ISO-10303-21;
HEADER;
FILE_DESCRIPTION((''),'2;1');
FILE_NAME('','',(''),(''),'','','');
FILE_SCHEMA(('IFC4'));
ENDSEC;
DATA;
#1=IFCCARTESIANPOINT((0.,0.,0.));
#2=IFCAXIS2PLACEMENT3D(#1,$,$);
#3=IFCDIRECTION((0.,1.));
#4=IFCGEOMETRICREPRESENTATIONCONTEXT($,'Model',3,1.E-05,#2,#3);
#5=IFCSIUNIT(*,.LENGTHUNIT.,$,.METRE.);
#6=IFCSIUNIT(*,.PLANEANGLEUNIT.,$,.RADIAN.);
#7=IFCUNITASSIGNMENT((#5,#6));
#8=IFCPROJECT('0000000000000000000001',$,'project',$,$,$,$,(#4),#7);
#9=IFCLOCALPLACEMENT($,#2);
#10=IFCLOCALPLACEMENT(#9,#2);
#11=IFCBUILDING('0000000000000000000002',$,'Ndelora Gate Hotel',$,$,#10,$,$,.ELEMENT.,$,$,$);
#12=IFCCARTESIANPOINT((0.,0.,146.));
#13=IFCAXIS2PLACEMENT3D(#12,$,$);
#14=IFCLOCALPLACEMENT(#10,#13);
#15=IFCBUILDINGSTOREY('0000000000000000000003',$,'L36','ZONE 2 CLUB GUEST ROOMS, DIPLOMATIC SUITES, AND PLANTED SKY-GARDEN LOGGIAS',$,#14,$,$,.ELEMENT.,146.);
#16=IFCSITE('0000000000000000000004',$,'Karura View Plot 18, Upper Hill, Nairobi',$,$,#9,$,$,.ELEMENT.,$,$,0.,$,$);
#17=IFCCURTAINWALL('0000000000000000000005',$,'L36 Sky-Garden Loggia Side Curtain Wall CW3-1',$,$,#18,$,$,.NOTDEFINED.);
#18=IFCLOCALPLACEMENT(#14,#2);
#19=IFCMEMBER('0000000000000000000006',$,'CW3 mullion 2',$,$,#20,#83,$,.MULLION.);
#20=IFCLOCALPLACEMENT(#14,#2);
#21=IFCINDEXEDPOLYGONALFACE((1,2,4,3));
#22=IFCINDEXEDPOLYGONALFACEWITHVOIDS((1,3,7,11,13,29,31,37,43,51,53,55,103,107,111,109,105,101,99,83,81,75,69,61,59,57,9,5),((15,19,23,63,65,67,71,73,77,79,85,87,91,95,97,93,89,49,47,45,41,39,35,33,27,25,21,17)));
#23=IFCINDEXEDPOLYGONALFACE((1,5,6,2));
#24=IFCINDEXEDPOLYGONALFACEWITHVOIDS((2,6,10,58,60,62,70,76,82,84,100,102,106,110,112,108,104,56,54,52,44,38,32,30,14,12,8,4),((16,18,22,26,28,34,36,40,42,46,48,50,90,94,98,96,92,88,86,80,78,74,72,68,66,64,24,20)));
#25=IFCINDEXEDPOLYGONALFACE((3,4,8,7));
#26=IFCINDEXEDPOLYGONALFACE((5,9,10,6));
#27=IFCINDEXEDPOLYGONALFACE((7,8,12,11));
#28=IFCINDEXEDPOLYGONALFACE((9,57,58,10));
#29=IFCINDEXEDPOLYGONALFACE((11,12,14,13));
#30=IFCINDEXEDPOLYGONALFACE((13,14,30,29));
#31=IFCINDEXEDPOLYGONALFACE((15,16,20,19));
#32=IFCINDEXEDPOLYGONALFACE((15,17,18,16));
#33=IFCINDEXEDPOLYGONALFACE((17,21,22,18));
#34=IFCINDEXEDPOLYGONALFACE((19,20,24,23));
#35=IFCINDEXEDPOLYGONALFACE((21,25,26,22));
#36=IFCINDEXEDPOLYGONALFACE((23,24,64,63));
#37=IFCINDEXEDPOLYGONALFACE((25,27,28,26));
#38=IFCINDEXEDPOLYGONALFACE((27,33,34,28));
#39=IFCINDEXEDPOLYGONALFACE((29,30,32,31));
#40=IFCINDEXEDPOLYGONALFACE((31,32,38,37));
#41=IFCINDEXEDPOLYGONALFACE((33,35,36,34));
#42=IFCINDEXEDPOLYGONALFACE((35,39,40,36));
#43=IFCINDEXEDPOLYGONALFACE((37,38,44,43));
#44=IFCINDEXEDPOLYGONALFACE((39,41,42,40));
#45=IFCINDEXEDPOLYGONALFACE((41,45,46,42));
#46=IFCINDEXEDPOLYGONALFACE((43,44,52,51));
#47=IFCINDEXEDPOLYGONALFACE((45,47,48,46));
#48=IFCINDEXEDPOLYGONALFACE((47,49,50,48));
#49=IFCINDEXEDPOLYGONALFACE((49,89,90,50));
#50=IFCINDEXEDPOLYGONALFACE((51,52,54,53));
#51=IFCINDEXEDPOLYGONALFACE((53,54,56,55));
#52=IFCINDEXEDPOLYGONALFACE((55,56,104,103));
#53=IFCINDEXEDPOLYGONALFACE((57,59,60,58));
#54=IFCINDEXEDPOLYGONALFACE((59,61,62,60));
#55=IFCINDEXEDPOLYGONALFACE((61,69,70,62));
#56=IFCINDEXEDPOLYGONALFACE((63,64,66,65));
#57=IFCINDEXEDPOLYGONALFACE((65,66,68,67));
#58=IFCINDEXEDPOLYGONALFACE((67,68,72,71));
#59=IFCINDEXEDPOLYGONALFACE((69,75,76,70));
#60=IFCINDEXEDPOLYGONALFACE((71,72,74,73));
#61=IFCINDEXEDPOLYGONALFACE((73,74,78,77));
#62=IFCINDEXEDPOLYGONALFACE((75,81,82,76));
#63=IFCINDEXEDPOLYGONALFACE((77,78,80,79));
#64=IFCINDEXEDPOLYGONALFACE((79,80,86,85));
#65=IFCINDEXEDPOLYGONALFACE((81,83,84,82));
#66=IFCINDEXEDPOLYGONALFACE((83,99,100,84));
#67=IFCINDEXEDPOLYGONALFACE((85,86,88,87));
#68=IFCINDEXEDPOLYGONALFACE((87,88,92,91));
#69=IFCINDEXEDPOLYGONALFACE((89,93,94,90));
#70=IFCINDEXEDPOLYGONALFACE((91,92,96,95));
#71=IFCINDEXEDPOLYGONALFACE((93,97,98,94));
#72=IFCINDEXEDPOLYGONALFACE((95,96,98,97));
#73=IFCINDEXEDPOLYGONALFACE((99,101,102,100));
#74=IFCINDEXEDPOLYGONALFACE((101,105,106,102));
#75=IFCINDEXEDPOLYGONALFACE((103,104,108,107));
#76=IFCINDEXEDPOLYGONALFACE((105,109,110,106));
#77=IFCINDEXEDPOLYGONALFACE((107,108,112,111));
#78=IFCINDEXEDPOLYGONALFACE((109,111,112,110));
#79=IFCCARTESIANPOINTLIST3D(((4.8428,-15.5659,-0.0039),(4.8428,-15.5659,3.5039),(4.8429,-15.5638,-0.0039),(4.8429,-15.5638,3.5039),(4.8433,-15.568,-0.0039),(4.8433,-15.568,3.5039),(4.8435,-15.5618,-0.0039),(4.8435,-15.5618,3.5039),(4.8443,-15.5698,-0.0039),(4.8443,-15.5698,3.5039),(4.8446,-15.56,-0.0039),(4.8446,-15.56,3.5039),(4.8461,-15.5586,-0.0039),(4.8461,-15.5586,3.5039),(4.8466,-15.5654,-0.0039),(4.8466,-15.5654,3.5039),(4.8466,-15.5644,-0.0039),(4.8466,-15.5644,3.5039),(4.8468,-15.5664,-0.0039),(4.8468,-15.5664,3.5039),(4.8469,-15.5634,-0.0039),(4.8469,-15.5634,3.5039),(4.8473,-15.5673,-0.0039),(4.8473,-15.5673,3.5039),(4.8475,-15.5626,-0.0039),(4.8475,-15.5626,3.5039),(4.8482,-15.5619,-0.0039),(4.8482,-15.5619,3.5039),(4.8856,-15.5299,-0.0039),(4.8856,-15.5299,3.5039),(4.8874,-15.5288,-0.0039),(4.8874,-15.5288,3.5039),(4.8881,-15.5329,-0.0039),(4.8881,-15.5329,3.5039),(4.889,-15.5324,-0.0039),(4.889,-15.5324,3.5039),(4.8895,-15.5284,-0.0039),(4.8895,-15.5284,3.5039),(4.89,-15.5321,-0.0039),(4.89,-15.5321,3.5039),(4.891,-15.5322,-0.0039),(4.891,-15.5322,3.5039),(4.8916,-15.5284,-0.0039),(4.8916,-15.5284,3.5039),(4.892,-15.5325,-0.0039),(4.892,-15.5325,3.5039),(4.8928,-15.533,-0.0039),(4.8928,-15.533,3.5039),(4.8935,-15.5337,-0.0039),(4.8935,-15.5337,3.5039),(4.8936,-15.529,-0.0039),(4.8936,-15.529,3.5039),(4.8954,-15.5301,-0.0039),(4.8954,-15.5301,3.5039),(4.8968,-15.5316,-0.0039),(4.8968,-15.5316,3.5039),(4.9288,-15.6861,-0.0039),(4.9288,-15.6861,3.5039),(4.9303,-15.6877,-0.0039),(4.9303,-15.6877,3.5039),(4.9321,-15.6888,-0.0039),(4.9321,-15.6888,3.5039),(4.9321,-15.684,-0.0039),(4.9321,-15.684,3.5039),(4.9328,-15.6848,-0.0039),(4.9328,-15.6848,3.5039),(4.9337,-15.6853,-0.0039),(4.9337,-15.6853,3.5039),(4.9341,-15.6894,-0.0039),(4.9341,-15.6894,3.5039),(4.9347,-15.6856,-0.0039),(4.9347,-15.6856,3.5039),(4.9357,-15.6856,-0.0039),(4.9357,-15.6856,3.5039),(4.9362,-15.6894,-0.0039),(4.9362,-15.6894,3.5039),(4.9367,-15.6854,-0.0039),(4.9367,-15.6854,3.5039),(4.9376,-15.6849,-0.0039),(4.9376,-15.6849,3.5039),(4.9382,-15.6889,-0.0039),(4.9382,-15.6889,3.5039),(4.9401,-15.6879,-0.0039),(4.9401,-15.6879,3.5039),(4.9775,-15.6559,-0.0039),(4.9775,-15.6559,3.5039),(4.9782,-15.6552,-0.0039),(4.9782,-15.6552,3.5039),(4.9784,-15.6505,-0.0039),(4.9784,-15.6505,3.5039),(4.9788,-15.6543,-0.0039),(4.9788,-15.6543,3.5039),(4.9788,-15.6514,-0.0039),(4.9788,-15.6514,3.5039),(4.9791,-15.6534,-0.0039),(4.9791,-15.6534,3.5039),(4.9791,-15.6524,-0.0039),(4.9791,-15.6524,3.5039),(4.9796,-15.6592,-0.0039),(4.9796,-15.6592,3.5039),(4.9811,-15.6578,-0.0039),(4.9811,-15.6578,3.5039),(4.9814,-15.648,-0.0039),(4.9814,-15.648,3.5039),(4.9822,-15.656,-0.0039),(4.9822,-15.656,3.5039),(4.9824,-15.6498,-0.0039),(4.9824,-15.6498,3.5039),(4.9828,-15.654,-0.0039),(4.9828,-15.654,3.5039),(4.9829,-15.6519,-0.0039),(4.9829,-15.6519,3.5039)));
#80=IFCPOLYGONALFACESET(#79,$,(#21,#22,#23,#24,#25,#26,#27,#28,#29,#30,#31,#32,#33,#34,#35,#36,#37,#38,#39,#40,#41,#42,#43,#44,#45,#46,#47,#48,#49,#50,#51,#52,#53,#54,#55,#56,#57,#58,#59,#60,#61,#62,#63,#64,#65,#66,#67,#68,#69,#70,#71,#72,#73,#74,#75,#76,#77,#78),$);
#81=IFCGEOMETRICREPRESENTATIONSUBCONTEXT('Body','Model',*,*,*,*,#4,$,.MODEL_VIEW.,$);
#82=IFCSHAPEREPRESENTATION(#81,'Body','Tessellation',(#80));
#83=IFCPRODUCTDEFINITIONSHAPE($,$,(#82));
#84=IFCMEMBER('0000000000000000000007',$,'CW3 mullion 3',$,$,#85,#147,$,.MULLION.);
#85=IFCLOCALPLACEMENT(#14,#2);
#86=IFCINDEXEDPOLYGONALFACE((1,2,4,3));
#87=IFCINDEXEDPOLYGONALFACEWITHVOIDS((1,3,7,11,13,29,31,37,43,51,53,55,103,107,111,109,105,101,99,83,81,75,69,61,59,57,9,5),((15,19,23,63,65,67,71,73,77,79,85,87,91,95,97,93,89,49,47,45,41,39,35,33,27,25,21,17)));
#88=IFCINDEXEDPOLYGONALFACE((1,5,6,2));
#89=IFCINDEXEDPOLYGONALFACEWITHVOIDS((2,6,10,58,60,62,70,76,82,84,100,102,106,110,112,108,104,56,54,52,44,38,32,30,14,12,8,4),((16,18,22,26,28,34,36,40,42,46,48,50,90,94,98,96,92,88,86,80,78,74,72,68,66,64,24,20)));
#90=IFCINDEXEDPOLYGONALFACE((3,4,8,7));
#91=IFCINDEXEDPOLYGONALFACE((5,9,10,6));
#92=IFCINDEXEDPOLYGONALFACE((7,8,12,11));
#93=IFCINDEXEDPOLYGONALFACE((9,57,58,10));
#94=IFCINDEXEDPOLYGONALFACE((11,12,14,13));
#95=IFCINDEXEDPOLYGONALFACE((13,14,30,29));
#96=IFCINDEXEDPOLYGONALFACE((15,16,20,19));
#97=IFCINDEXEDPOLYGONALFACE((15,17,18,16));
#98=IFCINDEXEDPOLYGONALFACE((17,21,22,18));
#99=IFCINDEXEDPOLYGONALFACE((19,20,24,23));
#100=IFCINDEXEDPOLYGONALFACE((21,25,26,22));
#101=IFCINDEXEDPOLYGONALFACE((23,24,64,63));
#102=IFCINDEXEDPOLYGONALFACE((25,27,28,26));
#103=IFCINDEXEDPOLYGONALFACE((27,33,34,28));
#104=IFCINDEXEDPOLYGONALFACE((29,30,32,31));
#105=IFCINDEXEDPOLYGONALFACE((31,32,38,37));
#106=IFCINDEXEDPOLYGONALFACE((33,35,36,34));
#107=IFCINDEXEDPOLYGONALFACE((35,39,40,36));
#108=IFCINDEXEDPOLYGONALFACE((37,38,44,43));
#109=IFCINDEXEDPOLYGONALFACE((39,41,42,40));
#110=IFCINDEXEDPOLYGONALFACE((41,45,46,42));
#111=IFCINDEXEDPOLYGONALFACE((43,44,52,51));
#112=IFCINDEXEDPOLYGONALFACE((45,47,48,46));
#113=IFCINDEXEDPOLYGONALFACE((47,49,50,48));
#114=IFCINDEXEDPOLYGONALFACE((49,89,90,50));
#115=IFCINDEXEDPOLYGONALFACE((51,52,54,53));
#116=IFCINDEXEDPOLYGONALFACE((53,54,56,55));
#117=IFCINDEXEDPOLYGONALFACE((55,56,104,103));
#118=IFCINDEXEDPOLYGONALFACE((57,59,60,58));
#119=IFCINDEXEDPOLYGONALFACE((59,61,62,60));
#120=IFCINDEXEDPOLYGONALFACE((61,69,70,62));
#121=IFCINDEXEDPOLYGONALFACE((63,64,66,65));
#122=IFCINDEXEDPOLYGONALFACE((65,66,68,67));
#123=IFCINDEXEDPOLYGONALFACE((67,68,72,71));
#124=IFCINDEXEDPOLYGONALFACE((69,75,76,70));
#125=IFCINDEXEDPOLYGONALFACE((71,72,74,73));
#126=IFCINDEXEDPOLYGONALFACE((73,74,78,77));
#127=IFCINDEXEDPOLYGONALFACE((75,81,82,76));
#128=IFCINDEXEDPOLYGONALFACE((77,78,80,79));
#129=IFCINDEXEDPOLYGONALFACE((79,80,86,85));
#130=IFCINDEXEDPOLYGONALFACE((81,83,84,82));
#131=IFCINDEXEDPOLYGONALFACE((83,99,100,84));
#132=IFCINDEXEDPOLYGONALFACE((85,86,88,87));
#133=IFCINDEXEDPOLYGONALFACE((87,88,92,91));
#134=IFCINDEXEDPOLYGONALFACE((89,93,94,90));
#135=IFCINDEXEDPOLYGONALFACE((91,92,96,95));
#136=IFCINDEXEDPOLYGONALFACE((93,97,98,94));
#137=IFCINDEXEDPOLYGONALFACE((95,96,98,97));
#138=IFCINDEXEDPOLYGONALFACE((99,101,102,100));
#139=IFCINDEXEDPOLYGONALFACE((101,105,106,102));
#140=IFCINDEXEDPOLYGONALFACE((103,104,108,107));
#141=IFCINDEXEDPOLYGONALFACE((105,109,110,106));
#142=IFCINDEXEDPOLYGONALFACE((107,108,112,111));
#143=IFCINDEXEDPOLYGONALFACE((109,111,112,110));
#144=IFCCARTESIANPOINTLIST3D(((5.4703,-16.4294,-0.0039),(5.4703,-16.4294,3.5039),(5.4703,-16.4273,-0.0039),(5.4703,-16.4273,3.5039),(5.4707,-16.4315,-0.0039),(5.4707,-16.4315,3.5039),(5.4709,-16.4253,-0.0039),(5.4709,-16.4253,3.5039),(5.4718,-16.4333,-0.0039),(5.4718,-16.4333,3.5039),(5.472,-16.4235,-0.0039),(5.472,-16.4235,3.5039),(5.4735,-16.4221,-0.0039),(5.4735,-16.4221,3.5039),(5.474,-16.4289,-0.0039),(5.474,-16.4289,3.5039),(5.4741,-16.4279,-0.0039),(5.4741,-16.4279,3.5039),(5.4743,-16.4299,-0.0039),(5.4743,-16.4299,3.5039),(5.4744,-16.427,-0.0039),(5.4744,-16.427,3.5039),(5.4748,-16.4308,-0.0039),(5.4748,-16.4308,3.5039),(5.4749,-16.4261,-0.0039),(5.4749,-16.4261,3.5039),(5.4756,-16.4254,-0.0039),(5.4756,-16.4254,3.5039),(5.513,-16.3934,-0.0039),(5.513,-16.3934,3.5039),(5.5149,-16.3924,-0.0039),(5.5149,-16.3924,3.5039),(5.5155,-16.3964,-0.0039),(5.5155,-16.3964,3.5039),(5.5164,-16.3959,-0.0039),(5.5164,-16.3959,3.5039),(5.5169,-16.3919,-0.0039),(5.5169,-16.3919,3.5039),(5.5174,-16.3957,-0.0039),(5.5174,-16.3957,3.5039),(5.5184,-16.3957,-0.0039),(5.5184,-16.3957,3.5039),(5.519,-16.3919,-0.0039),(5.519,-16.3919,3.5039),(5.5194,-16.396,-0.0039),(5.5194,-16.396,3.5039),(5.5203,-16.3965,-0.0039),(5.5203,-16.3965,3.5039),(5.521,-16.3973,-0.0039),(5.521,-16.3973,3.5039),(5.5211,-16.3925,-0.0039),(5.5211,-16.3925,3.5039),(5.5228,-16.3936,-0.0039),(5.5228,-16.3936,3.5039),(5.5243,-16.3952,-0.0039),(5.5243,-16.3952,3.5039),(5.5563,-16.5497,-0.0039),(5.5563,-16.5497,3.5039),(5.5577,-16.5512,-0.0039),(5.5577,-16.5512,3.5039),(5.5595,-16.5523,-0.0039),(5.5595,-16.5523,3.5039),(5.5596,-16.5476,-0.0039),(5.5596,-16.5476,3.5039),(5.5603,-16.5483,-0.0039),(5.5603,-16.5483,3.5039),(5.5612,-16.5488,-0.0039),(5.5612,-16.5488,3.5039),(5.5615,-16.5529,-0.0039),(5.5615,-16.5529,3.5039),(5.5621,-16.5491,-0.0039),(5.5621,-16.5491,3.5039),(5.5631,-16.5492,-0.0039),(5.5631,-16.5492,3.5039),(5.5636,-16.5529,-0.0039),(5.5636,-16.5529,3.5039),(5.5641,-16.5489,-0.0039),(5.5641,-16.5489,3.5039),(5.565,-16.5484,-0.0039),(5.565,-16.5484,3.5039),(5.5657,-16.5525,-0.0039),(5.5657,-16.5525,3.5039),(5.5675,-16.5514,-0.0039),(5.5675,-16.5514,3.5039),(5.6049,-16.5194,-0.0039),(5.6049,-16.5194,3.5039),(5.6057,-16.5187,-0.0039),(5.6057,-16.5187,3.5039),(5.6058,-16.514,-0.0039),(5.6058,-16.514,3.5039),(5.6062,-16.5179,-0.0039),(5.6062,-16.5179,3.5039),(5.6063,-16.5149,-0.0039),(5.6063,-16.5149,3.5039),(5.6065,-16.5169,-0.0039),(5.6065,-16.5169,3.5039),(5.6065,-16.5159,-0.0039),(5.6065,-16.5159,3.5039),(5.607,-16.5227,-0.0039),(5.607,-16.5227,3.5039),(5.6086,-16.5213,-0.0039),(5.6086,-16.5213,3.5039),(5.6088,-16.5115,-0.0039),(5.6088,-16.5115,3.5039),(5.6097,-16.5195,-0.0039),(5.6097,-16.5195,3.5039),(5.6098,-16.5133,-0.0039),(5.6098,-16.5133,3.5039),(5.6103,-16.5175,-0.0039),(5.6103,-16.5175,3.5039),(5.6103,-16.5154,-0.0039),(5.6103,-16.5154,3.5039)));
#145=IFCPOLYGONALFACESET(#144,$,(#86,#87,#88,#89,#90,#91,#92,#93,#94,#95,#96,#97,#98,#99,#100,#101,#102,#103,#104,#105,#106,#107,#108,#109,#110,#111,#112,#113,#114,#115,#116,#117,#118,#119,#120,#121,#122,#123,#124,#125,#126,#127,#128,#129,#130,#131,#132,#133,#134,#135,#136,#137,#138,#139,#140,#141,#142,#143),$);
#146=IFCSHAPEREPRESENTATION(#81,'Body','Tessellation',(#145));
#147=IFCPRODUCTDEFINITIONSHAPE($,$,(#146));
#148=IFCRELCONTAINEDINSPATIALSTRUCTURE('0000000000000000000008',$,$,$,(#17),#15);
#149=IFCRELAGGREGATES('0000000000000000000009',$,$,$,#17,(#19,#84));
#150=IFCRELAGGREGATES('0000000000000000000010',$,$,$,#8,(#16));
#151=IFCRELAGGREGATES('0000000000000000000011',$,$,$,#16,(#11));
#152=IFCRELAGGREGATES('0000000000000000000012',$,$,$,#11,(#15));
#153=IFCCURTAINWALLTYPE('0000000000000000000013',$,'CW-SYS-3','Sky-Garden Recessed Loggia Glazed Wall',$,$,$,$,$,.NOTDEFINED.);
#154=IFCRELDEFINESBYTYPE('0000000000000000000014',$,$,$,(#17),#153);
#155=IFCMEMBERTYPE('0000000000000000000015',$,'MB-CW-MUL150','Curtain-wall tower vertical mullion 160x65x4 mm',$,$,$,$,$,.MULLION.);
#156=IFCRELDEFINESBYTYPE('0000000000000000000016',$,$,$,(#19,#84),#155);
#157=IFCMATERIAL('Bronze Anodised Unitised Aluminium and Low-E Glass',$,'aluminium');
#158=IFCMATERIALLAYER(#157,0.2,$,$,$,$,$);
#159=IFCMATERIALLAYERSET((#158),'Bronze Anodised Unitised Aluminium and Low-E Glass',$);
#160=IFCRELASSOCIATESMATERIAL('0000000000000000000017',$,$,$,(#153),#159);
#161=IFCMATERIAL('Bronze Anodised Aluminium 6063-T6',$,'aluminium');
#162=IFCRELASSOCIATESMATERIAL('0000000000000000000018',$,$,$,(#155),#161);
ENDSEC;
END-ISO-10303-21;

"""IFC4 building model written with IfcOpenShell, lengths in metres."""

from ifc_helpers import new_model, si_unit, direction, frame, origin, origin_2d, place, context, subcontext, project, spatial, hollow_rectangle, extrude, material, layer, layer_set, material_profile, profile_set, type_object, element, aggregate, save


model = new_model("IFC4")

# Units and contexts
model_context = context("Model", 3, precision=1e-05, world=origin(), true_north=direction((0.0, 1.0)))
body_context = subcontext(model_context, "Body", "Model", "MODEL_VIEW")
ifc_project = project(units=[si_unit("LENGTHUNIT", "METRE"), si_unit("PLANEANGLEUNIT", "RADIAN")], contexts=[model_context])

# Site, building, storey
site_placement = place(None, origin())
site = spatial("IfcSite", under=ifc_project, at=site_placement, Name="Karura View Plot 18, Upper Hill, Nairobi", CompositionType="ELEMENT", RefElevation=0.0)
building_placement = place(site_placement, origin())
building = spatial("IfcBuilding", under=site, at=building_placement, Name="Ndelora Gate Hotel", CompositionType="ELEMENT")
storey_placement = place(building_placement, frame((0.0, 0.0, 146.0)))
storey = spatial("IfcBuildingStorey", under=building, at=storey_placement, Name="L36", Description="ZONE 2 CLUB GUEST ROOMS, DIPLOMATIC SUITES, AND PLANTED SKY-GARDEN LOGGIAS", CompositionType="ELEMENT", Elevation=146.0)

# Curtain wall, members
ifc_material_1 = material(Name="Bronze Anodised Unitised Aluminium and Low-E Glass", Category="aluminium")
ifc_layer_1 = layer(ifc_material_1, 0.2)
ifc_layer_set_1 = layer_set([ifc_layer_1], Name="Bronze Anodised Unitised Aluminium and Low-E Glass")
curtain_wall_type = type_object("IfcCurtainWallType", Name="CW-SYS-3", Description="Sky-Garden Recessed Loggia Glazed Wall", PredefinedType="NOTDEFINED", material=ifc_layer_set_1)
curtain_wall_placement = place(storey_placement, origin())
curtain_wall = element("IfcCurtainWall", 1, at=curtain_wall_placement, inside=storey, type_object=curtain_wall_type, Name="L36 Sky-Garden Loggia Side Curtain Wall CW3-1", PredefinedType="NOTDEFINED")
ifc_material_2 = material(Name="Bronze Anodised Aluminium 6063-T6", Category="aluminium")
ifc_material_profile_1 = material_profile(ifc_material_2, hollow_rectangle(XDim=0.0649, YDim=0.1599, WallThickness=0.0039, InnerFilletRadius=0.0039, OuterFilletRadius=0.0081, at=origin_2d()), Name="ALU 160x65x4")
ifc_profile_set_1 = profile_set([ifc_material_profile_1], Name="Bronze Anodised Aluminium 6063-T6")
member_type_1 = type_object("IfcMemberType", Name="MB-CW-MUL150", Description="Curtain-wall tower vertical mullion 160x65x4 mm", PredefinedType="MULLION", material=ifc_profile_set_1)
member_1_placement = place(storey_placement, frame((4.9128, -15.6089, -0.0039), z_axis=(0.0, 0.0, 1.0), x_axis=(0.809017, 0.587785, 0.0)))
member_1 = element("IfcMember", 2, at=member_1_placement, type_object=member_type_1, Name="CW3 mullion 2", PredefinedType="MULLION", context=body_context, shape_type="SweptSolid", body=[
    extrude(hollow_rectangle(XDim=0.0649, YDim=0.1599, WallThickness=0.0039, InnerFilletRadius=0.0039, OuterFilletRadius=0.0081, at=origin_2d()), origin(), (0.0, 0.0, 1.0), 3.5078),
])
member_2_placement = place(storey_placement, frame((5.5403, -16.4724, -0.0039), z_axis=(0.0, 0.0, 1.0), x_axis=(0.809017, 0.587785, 0.0)))
member_2 = element("IfcMember", 3, at=member_2_placement, type_object=member_type_1, Name="CW3 mullion 3", PredefinedType="MULLION", context=body_context, shape_type="SweptSolid", body=[
    extrude(hollow_rectangle(XDim=0.0649, YDim=0.1599, WallThickness=0.0039, InnerFilletRadius=0.0039, OuterFilletRadius=0.0081, at=origin_2d()), origin(), (0.0, 0.0, 1.0), 3.5078),
])
aggregate(curtain_wall, [member_1, member_2])

save(model, "model.ifc")
